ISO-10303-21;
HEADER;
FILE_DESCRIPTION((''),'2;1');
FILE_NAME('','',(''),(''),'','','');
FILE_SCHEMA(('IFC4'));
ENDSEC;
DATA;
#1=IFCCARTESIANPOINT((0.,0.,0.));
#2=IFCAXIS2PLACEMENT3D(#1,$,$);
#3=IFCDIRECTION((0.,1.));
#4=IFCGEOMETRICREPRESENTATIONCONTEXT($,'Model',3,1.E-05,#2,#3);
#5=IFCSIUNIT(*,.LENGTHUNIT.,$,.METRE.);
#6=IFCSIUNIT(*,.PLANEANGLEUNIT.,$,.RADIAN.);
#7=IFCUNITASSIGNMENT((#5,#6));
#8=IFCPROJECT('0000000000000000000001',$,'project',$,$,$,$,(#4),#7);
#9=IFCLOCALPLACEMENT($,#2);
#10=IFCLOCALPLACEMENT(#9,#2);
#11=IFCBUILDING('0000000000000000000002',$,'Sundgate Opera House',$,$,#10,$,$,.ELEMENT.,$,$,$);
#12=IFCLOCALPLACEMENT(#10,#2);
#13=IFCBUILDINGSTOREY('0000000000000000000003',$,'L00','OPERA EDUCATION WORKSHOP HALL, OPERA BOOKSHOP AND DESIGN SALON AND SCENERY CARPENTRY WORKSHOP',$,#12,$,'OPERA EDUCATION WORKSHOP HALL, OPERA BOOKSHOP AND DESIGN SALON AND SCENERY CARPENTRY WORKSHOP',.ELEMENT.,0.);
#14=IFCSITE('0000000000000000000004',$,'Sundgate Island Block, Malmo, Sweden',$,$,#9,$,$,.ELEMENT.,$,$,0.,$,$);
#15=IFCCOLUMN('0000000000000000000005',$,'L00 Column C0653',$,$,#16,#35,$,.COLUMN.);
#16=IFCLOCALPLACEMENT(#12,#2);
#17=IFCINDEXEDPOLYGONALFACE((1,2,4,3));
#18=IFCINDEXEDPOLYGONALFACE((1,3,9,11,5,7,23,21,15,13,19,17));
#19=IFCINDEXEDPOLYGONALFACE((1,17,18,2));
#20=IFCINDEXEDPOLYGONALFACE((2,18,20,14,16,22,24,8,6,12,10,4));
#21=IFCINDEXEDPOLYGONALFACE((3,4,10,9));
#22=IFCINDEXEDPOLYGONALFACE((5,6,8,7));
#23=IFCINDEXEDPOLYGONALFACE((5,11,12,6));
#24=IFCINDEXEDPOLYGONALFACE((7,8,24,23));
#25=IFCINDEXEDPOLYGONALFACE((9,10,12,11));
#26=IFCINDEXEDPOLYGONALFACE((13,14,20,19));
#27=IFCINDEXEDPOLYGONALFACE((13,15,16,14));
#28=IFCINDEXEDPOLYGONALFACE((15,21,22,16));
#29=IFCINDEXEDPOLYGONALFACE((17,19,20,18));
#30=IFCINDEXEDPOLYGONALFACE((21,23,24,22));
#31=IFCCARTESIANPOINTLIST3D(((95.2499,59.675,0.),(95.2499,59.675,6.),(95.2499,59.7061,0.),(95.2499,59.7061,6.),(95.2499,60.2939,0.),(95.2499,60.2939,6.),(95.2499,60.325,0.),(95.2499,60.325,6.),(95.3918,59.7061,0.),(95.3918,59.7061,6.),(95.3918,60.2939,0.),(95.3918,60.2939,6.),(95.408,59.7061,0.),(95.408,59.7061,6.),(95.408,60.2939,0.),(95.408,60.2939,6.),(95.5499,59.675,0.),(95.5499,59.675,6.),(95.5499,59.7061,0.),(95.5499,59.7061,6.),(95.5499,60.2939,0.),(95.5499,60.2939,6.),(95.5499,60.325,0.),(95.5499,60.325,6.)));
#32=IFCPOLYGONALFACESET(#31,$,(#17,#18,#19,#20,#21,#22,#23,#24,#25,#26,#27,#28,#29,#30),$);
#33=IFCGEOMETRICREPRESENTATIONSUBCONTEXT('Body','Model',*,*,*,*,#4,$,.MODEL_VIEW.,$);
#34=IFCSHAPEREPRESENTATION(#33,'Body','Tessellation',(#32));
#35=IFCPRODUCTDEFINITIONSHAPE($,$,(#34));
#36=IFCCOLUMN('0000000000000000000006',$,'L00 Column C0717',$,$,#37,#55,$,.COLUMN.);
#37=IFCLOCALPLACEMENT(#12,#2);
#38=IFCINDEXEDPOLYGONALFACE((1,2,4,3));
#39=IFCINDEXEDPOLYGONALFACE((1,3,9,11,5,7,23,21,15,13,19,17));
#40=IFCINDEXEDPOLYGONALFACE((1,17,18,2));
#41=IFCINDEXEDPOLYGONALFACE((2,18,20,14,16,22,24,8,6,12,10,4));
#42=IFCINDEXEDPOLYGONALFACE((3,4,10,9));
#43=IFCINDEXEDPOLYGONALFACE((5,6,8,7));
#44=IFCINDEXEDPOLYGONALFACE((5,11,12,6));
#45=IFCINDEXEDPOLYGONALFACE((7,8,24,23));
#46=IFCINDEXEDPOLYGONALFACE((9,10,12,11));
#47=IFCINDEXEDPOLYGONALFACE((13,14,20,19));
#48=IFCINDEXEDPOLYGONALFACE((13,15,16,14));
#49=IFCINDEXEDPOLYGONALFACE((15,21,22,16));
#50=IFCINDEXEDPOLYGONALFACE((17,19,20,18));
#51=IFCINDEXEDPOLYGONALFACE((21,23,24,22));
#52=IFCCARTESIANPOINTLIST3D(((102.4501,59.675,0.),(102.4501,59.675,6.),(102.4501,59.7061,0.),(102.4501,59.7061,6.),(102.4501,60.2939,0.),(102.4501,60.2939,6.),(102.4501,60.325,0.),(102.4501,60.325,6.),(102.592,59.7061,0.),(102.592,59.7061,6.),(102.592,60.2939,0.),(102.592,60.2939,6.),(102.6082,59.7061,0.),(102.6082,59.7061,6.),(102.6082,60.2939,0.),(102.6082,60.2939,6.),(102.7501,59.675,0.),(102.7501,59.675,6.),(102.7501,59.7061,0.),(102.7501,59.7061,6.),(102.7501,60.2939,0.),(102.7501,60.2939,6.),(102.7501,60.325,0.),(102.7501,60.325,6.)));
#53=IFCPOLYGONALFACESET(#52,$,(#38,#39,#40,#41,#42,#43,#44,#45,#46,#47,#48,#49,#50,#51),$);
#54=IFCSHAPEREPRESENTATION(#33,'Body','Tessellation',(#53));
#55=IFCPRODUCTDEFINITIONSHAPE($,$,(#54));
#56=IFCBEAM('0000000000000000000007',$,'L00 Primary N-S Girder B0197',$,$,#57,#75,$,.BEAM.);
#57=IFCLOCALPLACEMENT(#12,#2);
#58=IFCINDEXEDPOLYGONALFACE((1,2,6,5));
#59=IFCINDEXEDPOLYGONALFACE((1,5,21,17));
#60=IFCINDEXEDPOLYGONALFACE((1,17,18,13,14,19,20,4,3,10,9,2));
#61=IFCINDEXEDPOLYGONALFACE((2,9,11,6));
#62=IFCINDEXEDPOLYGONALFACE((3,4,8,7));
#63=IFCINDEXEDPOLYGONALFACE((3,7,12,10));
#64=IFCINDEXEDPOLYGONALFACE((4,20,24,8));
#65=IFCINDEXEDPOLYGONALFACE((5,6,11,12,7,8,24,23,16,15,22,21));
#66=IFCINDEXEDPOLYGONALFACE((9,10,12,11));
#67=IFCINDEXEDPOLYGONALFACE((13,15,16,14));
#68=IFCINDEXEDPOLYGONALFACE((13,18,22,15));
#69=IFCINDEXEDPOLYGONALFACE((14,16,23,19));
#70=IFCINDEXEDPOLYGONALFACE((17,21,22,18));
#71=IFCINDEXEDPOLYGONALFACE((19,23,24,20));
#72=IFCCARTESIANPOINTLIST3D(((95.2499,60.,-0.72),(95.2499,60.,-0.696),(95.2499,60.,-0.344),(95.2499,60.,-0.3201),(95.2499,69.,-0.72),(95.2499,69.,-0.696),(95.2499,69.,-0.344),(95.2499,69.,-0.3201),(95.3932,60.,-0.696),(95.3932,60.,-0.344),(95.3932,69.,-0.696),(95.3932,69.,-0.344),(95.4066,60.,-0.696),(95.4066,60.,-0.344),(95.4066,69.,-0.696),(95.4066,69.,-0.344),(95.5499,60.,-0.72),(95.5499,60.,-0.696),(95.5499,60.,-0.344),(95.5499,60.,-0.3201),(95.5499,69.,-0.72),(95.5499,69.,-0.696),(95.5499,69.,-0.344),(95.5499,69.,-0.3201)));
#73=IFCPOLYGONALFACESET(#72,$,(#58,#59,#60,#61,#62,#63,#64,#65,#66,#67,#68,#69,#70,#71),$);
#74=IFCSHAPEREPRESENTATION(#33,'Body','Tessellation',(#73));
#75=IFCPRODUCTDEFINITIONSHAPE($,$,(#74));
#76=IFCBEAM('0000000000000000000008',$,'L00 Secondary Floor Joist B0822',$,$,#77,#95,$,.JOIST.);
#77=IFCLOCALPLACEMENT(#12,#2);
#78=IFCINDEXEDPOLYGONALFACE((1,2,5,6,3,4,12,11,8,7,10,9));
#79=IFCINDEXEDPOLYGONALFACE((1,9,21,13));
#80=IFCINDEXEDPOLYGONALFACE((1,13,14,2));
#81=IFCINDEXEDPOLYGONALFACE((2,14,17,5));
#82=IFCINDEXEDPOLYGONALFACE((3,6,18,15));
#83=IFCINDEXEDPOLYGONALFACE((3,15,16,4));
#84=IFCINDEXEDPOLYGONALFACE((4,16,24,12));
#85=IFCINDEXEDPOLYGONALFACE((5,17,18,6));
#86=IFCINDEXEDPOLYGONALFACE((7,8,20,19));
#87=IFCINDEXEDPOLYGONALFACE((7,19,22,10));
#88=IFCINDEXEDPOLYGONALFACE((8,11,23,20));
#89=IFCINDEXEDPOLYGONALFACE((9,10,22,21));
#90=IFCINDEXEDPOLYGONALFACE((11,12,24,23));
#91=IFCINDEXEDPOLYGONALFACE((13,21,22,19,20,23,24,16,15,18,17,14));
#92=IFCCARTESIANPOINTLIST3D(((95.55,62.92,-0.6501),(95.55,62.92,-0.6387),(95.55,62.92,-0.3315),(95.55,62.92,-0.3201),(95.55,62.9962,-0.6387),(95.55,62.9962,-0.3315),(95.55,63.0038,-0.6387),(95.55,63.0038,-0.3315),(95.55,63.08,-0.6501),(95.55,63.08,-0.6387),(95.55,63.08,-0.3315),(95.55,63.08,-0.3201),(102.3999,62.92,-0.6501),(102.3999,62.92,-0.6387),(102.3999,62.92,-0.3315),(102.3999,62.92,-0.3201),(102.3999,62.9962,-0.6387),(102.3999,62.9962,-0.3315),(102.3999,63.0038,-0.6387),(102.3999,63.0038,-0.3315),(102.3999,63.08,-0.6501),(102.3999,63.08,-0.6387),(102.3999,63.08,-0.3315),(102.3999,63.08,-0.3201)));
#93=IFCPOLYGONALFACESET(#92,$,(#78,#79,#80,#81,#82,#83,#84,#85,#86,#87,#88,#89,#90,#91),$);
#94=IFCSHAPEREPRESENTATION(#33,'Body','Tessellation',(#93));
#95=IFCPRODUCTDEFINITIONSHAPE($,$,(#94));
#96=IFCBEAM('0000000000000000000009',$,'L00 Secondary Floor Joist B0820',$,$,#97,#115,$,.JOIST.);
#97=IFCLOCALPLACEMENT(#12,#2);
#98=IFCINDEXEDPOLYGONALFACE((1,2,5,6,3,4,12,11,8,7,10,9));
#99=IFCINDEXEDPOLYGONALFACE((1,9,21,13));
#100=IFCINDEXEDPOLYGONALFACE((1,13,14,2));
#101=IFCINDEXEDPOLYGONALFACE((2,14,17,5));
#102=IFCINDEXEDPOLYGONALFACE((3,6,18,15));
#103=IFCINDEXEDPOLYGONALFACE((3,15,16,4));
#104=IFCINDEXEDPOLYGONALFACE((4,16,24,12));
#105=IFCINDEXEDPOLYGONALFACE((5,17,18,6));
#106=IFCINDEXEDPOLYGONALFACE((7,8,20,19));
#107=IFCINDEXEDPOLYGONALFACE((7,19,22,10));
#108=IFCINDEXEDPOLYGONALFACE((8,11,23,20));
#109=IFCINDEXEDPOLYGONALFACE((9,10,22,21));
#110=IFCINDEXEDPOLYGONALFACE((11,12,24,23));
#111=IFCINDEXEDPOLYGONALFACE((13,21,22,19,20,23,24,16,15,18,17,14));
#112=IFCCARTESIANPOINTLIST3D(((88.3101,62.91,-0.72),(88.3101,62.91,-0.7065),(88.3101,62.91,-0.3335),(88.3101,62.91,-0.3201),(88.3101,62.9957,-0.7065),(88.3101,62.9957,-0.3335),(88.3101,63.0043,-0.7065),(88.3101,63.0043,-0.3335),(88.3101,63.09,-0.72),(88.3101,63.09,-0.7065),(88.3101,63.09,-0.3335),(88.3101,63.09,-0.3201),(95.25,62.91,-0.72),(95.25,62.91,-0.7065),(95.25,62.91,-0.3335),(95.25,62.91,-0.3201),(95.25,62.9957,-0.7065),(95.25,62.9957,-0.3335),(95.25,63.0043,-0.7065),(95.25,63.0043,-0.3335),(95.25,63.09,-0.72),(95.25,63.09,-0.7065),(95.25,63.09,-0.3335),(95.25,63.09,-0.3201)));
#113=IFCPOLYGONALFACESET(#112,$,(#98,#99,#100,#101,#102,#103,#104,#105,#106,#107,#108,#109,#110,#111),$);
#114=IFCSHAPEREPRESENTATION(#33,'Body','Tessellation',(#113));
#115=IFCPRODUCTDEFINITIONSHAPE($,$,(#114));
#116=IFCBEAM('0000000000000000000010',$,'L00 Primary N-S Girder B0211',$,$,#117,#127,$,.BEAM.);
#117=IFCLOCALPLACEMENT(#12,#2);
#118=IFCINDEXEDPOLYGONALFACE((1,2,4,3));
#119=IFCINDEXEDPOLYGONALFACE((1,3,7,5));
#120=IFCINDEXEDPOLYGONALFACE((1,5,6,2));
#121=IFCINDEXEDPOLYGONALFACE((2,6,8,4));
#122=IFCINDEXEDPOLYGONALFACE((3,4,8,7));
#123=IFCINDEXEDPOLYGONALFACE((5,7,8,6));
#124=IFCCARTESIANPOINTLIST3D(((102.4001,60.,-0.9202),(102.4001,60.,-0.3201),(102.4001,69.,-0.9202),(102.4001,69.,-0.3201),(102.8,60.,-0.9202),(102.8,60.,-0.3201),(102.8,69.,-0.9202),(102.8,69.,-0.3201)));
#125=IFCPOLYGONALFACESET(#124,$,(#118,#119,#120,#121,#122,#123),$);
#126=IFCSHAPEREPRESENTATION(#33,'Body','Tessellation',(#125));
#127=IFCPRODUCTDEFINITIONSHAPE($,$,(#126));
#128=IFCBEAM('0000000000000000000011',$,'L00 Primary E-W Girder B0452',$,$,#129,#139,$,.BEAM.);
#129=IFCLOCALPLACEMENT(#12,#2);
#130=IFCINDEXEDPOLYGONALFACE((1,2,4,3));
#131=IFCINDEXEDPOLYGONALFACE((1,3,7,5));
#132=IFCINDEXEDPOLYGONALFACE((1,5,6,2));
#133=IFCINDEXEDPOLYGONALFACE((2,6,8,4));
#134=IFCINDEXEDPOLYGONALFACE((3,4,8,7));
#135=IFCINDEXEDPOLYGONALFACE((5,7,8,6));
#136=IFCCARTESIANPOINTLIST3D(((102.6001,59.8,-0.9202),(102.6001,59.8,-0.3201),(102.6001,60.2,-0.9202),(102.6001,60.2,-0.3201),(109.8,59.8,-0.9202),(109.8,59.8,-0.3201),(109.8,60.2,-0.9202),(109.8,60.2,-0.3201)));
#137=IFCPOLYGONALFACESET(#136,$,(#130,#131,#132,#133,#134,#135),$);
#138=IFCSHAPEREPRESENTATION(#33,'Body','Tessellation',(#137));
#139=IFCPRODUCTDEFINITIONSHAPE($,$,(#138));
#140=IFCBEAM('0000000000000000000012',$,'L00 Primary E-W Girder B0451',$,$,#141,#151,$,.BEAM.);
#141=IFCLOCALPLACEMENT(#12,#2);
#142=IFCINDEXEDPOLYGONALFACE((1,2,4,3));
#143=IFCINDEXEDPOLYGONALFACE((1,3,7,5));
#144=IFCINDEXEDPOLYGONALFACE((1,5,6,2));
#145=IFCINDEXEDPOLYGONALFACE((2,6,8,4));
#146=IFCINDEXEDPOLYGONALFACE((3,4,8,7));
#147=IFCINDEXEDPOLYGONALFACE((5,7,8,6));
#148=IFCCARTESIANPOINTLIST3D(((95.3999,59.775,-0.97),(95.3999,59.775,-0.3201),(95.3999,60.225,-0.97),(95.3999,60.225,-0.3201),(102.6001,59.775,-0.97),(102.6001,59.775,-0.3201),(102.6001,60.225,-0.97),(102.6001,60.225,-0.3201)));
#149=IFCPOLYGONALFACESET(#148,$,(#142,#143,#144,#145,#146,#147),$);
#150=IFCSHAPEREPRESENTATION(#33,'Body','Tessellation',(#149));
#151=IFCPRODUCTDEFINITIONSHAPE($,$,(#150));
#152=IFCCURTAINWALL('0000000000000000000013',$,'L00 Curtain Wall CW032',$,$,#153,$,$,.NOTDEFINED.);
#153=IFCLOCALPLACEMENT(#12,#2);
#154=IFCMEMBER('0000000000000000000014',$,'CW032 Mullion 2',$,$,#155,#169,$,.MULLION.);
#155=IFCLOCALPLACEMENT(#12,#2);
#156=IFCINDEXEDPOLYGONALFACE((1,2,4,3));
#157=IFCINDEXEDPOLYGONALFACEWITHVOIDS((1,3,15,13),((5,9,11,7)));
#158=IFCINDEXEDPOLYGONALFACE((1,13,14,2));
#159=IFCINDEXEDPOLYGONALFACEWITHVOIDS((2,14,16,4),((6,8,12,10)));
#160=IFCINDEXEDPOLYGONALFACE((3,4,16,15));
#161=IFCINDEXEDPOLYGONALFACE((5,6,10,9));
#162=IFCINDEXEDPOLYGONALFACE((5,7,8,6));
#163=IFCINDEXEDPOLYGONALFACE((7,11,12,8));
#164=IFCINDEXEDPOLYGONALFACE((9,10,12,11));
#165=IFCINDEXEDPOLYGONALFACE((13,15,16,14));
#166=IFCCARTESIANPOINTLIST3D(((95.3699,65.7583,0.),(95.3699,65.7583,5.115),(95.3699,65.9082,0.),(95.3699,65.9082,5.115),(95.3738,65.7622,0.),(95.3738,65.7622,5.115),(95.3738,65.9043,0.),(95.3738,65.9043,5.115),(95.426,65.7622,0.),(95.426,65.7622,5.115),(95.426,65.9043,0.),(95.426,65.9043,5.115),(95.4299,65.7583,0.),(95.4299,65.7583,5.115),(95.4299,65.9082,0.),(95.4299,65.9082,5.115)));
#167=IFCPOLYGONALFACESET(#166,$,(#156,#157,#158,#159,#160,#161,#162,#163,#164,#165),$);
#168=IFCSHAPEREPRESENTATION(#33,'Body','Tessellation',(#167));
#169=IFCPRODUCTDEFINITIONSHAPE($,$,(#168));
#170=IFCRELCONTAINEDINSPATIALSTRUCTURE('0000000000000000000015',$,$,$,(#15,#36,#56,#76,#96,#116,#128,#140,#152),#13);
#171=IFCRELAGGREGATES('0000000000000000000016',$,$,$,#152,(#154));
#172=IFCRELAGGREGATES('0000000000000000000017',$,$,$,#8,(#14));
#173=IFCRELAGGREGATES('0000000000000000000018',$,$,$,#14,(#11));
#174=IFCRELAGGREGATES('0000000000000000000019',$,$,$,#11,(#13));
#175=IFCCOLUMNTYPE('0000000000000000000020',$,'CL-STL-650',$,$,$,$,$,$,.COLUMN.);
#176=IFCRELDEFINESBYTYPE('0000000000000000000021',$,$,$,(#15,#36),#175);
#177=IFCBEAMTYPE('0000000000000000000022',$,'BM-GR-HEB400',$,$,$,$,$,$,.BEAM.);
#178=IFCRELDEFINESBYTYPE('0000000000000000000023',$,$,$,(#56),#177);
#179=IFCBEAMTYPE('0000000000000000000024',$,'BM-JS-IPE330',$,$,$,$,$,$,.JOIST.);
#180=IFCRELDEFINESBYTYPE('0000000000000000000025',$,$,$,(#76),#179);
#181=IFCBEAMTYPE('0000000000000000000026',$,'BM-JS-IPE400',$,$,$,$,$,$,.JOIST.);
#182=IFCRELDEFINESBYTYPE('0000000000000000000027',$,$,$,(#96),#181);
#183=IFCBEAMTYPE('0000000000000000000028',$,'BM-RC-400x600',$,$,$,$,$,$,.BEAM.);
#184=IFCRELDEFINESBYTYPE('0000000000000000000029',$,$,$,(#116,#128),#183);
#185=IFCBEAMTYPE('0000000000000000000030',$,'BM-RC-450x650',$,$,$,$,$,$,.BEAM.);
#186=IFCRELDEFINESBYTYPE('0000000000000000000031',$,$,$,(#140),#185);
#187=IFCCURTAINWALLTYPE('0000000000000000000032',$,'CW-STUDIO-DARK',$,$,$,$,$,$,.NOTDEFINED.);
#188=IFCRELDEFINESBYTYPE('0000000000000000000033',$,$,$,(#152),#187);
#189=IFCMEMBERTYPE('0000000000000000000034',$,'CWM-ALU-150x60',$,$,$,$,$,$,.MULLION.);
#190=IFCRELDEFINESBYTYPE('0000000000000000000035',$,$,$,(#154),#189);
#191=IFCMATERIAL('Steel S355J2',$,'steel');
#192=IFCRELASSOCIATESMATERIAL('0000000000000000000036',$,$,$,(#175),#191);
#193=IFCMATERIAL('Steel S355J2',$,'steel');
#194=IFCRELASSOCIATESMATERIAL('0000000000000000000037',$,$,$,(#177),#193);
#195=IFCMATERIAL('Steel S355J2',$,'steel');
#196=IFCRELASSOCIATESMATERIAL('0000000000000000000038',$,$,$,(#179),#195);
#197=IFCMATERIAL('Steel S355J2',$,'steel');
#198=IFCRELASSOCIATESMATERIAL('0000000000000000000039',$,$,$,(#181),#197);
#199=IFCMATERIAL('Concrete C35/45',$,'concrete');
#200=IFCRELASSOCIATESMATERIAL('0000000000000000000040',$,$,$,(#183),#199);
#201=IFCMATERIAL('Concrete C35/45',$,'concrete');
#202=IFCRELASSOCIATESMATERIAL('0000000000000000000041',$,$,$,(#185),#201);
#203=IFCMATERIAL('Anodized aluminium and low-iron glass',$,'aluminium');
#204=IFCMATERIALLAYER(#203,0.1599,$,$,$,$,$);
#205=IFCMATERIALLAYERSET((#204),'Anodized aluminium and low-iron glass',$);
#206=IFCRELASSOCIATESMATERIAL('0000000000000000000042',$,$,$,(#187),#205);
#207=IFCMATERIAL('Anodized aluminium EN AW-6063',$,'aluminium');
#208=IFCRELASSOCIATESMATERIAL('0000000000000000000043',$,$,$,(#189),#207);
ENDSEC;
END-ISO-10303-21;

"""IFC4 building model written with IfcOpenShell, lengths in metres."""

from ifc_helpers import new_model, si_unit, direction, frame, origin, origin_2d, place, context, subcontext, project, spatial, rectangle, hollow_rectangle, i_section, extrude, material, layer, layer_set, material_profile, profile_set, type_object, element, aggregate, save


model = new_model("IFC4")

# Units and contexts
model_context = context("Model", 3, precision=1e-05, world=origin(), true_north=direction((0.0, 1.0)))
body_context = subcontext(model_context, "Body", "Model", "MODEL_VIEW")
ifc_project = project(units=[si_unit("LENGTHUNIT", "METRE"), si_unit("PLANEANGLEUNIT", "RADIAN")], contexts=[model_context])

# Site, building, storey
site_placement = place(None, origin())
site = spatial("IfcSite", under=ifc_project, at=site_placement, Name="Sundgate Island Block, Malmo, Sweden", CompositionType="ELEMENT", RefElevation=0.0)
building_placement = place(site_placement, origin())
building = spatial("IfcBuilding", under=site, at=building_placement, Name="Sundgate Opera House", CompositionType="ELEMENT")
storey_placement = place(building_placement, origin())
storey = spatial("IfcBuildingStorey", under=building, at=storey_placement, Name="L00", Description="OPERA EDUCATION WORKSHOP HALL, OPERA BOOKSHOP AND DESIGN SALON AND SCENERY CARPENTRY WORKSHOP", LongName="OPERA EDUCATION WORKSHOP HALL, OPERA BOOKSHOP AND DESIGN SALON AND SCENERY CARPENTRY WORKSHOP", CompositionType="ELEMENT", Elevation=0.0)

# Columns
ifc_material_1 = material(Name="Steel S355J2", Category="steel")
ifc_material_profile_1 = material_profile(ifc_material_1, i_section(OverallWidth=0.3, OverallDepth=0.6499, WebThickness=0.0161, FlangeThickness=0.031, at=origin_2d()), Name="HEB 650")
ifc_profile_set_1 = profile_set([ifc_material_profile_1], Name="Steel S355J2")
column_type = type_object("IfcColumnType", Name="CL-STL-650", PredefinedType="COLUMN", material=ifc_profile_set_1)
for number, where, z_axis, x_axis, name in (
    (1, (95.3999, 60.0, 0.0), (0.0, 0.0, 1.0), (1.0, 0.0, 0.0), "L00 Column C0653"),
    (2, (102.6001, 60.0, 0.0), (0.0, 0.0, 1.0), (1.0, 0.0, 0.0), "L00 Column C0717"),
):
    element("IfcColumn", number, at=place(storey_placement, frame(where, z_axis=z_axis, x_axis=x_axis)), inside=storey, type_object=column_type, Name=name, PredefinedType="COLUMN", context=body_context, shape_type="SweptSolid", body=[
        extrude(i_section(OverallWidth=0.3, OverallDepth=0.6499, WebThickness=0.0161, FlangeThickness=0.031, at=origin_2d()), origin(), (0.0, 0.0, 1.0), 6.0),
    ])

# Beams
ifc_material_2 = material(Name="Steel S355J2", Category="steel")
ifc_material_profile_2 = material_profile(ifc_material_2, i_section(OverallWidth=0.3, OverallDepth=0.3999, WebThickness=0.0134, FlangeThickness=0.0239, at=origin_2d()), Name="HEB 400")
ifc_profile_set_2 = profile_set([ifc_material_profile_2], Name="Steel S355J2")
beam_type_1 = type_object("IfcBeamType", Name="BM-GR-HEB400", PredefinedType="BEAM", material=ifc_profile_set_2)
beam_1_placement = place(storey_placement, frame((95.3999, 60.0, -0.52), z_axis=(0.0, 1.0, 0.0), x_axis=(-1.0, 0.0, 0.0)))
element("IfcBeam", 3, at=beam_1_placement, inside=storey, type_object=beam_type_1, Name="L00 Primary N-S Girder B0197", PredefinedType="BEAM", context=body_context, shape_type="SweptSolid", body=[
    extrude(i_section(OverallWidth=0.3, OverallDepth=0.3999, WebThickness=0.0134, FlangeThickness=0.0239, at=origin_2d()), origin(), (0.0, 0.0, 1.0), 9.0),
])
ifc_material_3 = material(Name="Steel S355J2", Category="steel")
ifc_material_profile_3 = material_profile(ifc_material_3, i_section(OverallWidth=0.1599, OverallDepth=0.3301, WebThickness=0.0076, FlangeThickness=0.0115, at=origin_2d()), Name="IPE 330")
ifc_profile_set_3 = profile_set([ifc_material_profile_3], Name="Steel S355J2")
beam_type_2 = type_object("IfcBeamType", Name="BM-JS-IPE330", PredefinedType="JOIST", material=ifc_profile_set_3)
beam_2_placement = place(storey_placement, frame((95.55, 63.0, -0.4851), z_axis=(1.0, 0.0, 0.0), x_axis=(0.0, 1.0, 0.0)))
element("IfcBeam", 4, at=beam_2_placement, inside=storey, type_object=beam_type_2, Name="L00 Secondary Floor Joist B0822", PredefinedType="JOIST", context=body_context, shape_type="SweptSolid", body=[
    extrude(i_section(OverallWidth=0.1599, OverallDepth=0.3301, WebThickness=0.0076, FlangeThickness=0.0115, at=origin_2d()), origin(), (0.0, 0.0, 1.0), 6.8499),
])
ifc_material_4 = material(Name="Steel S355J2", Category="steel")
ifc_material_profile_4 = material_profile(ifc_material_4, i_section(OverallWidth=0.1799, OverallDepth=0.3999, WebThickness=0.0085, FlangeThickness=0.0134, at=origin_2d()), Name="IPE 400")
ifc_profile_set_4 = profile_set([ifc_material_profile_4], Name="Steel S355J2")
beam_type_3 = type_object("IfcBeamType", Name="BM-JS-IPE400", PredefinedType="JOIST", material=ifc_profile_set_4)
beam_3_placement = place(storey_placement, frame((88.3101, 63.0, -0.52), z_axis=(1.0, 0.0, 0.0), x_axis=(0.0, 1.0, 0.0)))
element("IfcBeam", 5, at=beam_3_placement, inside=storey, type_object=beam_type_3, Name="L00 Secondary Floor Joist B0820", PredefinedType="JOIST", context=body_context, shape_type="SweptSolid", body=[
    extrude(i_section(OverallWidth=0.1799, OverallDepth=0.3999, WebThickness=0.0085, FlangeThickness=0.0134, at=origin_2d()), origin(), (0.0, 0.0, 1.0), 6.9399),
])
ifc_material_5 = material(Name="Concrete C35/45", Category="concrete")
ifc_material_profile_5 = material_profile(ifc_material_5, rectangle(XDim=0.3999, YDim=0.6001, at=origin_2d()), Name="RC 400x600")
ifc_profile_set_5 = profile_set([ifc_material_profile_5], Name="Concrete C35/45")
beam_type_4 = type_object("IfcBeamType", Name="BM-RC-400x600", PredefinedType="BEAM", material=ifc_profile_set_5)
beam_4_placement = place(storey_placement, frame((102.6001, 60.0, -0.6201), z_axis=(0.0, 1.0, 0.0), x_axis=(-1.0, 0.0, 0.0)))
element("IfcBeam", 6, at=beam_4_placement, inside=storey, type_object=beam_type_4, Name="L00 Primary N-S Girder B0211", PredefinedType="BEAM", context=body_context, shape_type="SweptSolid", body=[
    extrude(rectangle(XDim=0.3999, YDim=0.6001, at=origin_2d()), origin(), (0.0, 0.0, 1.0), 9.0),
])
beam_5_placement = place(storey_placement, frame((102.6001, 60.0, -0.6201), z_axis=(1.0, 0.0, 0.0), x_axis=(0.0, 1.0, 0.0)))
element("IfcBeam", 7, at=beam_5_placement, inside=storey, type_object=beam_type_4, Name="L00 Primary E-W Girder B0452", PredefinedType="BEAM", context=body_context, shape_type="SweptSolid", body=[
    extrude(rectangle(XDim=0.3999, YDim=0.6001, at=origin_2d()), origin(), (0.0, 0.0, 1.0), 7.2),
])
ifc_material_6 = material(Name="Concrete C35/45", Category="concrete")
ifc_material_profile_6 = material_profile(ifc_material_6, rectangle(XDim=0.45, YDim=0.6499, at=origin_2d()), Name="RC 450x650")
ifc_profile_set_6 = profile_set([ifc_material_profile_6], Name="Concrete C35/45")
beam_type_5 = type_object("IfcBeamType", Name="BM-RC-450x650", PredefinedType="BEAM", material=ifc_profile_set_6)
beam_6_placement = place(storey_placement, frame((95.3999, 60.0, -0.645), z_axis=(1.0, 0.0, 0.0), x_axis=(0.0, 1.0, 0.0)))
element("IfcBeam", 8, at=beam_6_placement, inside=storey, type_object=beam_type_5, Name="L00 Primary E-W Girder B0451", PredefinedType="BEAM", context=body_context, shape_type="SweptSolid", body=[
    extrude(rectangle(XDim=0.45, YDim=0.6499, at=origin_2d()), origin(), (0.0, 0.0, 1.0), 7.2002),
])

# Curtain wall, member
ifc_material_7 = material(Name="Anodized aluminium and low-iron glass", Category="aluminium")
ifc_layer_1 = layer(ifc_material_7, 0.1599)
ifc_layer_set_1 = layer_set([ifc_layer_1], Name="Anodized aluminium and low-iron glass")
curtain_wall_type = type_object("IfcCurtainWallType", Name="CW-STUDIO-DARK", PredefinedType="NOTDEFINED", material=ifc_layer_set_1)
curtain_wall_placement = place(storey_placement, origin())
curtain_wall = element("IfcCurtainWall", 9, at=curtain_wall_placement, inside=storey, type_object=curtain_wall_type, Name="L00 Curtain Wall CW032", PredefinedType="NOTDEFINED")
ifc_material_8 = material(Name="Anodized aluminium EN AW-6063", Category="aluminium")
ifc_material_profile_7 = material_profile(ifc_material_8, hollow_rectangle(XDim=0.0601, YDim=0.1499, WallThickness=0.0039, at=origin_2d()), Name="CWM 150x60x4")
ifc_profile_set_7 = profile_set([ifc_material_profile_7], Name="Anodized aluminium EN AW-6063")
member_type_1 = type_object("IfcMemberType", Name="CWM-ALU-150x60", PredefinedType="MULLION", material=ifc_profile_set_7)
member_1_placement = place(storey_placement, frame((95.3999, 65.8333, 0.0), z_axis=(0.0, 0.0, 1.0), x_axis=(1.0, 0.0, 0.0)))
member_1 = element("IfcMember", 10, at=member_1_placement, type_object=member_type_1, Name="CW032 Mullion 2", PredefinedType="MULLION", context=body_context, shape_type="SweptSolid", body=[
    extrude(hollow_rectangle(XDim=0.0601, YDim=0.1499, WallThickness=0.0039, at=origin_2d()), origin(), (0.0, 0.0, 1.0), 5.115),
])
aggregate(curtain_wall, [member_1])

save(model, "model.ifc")
